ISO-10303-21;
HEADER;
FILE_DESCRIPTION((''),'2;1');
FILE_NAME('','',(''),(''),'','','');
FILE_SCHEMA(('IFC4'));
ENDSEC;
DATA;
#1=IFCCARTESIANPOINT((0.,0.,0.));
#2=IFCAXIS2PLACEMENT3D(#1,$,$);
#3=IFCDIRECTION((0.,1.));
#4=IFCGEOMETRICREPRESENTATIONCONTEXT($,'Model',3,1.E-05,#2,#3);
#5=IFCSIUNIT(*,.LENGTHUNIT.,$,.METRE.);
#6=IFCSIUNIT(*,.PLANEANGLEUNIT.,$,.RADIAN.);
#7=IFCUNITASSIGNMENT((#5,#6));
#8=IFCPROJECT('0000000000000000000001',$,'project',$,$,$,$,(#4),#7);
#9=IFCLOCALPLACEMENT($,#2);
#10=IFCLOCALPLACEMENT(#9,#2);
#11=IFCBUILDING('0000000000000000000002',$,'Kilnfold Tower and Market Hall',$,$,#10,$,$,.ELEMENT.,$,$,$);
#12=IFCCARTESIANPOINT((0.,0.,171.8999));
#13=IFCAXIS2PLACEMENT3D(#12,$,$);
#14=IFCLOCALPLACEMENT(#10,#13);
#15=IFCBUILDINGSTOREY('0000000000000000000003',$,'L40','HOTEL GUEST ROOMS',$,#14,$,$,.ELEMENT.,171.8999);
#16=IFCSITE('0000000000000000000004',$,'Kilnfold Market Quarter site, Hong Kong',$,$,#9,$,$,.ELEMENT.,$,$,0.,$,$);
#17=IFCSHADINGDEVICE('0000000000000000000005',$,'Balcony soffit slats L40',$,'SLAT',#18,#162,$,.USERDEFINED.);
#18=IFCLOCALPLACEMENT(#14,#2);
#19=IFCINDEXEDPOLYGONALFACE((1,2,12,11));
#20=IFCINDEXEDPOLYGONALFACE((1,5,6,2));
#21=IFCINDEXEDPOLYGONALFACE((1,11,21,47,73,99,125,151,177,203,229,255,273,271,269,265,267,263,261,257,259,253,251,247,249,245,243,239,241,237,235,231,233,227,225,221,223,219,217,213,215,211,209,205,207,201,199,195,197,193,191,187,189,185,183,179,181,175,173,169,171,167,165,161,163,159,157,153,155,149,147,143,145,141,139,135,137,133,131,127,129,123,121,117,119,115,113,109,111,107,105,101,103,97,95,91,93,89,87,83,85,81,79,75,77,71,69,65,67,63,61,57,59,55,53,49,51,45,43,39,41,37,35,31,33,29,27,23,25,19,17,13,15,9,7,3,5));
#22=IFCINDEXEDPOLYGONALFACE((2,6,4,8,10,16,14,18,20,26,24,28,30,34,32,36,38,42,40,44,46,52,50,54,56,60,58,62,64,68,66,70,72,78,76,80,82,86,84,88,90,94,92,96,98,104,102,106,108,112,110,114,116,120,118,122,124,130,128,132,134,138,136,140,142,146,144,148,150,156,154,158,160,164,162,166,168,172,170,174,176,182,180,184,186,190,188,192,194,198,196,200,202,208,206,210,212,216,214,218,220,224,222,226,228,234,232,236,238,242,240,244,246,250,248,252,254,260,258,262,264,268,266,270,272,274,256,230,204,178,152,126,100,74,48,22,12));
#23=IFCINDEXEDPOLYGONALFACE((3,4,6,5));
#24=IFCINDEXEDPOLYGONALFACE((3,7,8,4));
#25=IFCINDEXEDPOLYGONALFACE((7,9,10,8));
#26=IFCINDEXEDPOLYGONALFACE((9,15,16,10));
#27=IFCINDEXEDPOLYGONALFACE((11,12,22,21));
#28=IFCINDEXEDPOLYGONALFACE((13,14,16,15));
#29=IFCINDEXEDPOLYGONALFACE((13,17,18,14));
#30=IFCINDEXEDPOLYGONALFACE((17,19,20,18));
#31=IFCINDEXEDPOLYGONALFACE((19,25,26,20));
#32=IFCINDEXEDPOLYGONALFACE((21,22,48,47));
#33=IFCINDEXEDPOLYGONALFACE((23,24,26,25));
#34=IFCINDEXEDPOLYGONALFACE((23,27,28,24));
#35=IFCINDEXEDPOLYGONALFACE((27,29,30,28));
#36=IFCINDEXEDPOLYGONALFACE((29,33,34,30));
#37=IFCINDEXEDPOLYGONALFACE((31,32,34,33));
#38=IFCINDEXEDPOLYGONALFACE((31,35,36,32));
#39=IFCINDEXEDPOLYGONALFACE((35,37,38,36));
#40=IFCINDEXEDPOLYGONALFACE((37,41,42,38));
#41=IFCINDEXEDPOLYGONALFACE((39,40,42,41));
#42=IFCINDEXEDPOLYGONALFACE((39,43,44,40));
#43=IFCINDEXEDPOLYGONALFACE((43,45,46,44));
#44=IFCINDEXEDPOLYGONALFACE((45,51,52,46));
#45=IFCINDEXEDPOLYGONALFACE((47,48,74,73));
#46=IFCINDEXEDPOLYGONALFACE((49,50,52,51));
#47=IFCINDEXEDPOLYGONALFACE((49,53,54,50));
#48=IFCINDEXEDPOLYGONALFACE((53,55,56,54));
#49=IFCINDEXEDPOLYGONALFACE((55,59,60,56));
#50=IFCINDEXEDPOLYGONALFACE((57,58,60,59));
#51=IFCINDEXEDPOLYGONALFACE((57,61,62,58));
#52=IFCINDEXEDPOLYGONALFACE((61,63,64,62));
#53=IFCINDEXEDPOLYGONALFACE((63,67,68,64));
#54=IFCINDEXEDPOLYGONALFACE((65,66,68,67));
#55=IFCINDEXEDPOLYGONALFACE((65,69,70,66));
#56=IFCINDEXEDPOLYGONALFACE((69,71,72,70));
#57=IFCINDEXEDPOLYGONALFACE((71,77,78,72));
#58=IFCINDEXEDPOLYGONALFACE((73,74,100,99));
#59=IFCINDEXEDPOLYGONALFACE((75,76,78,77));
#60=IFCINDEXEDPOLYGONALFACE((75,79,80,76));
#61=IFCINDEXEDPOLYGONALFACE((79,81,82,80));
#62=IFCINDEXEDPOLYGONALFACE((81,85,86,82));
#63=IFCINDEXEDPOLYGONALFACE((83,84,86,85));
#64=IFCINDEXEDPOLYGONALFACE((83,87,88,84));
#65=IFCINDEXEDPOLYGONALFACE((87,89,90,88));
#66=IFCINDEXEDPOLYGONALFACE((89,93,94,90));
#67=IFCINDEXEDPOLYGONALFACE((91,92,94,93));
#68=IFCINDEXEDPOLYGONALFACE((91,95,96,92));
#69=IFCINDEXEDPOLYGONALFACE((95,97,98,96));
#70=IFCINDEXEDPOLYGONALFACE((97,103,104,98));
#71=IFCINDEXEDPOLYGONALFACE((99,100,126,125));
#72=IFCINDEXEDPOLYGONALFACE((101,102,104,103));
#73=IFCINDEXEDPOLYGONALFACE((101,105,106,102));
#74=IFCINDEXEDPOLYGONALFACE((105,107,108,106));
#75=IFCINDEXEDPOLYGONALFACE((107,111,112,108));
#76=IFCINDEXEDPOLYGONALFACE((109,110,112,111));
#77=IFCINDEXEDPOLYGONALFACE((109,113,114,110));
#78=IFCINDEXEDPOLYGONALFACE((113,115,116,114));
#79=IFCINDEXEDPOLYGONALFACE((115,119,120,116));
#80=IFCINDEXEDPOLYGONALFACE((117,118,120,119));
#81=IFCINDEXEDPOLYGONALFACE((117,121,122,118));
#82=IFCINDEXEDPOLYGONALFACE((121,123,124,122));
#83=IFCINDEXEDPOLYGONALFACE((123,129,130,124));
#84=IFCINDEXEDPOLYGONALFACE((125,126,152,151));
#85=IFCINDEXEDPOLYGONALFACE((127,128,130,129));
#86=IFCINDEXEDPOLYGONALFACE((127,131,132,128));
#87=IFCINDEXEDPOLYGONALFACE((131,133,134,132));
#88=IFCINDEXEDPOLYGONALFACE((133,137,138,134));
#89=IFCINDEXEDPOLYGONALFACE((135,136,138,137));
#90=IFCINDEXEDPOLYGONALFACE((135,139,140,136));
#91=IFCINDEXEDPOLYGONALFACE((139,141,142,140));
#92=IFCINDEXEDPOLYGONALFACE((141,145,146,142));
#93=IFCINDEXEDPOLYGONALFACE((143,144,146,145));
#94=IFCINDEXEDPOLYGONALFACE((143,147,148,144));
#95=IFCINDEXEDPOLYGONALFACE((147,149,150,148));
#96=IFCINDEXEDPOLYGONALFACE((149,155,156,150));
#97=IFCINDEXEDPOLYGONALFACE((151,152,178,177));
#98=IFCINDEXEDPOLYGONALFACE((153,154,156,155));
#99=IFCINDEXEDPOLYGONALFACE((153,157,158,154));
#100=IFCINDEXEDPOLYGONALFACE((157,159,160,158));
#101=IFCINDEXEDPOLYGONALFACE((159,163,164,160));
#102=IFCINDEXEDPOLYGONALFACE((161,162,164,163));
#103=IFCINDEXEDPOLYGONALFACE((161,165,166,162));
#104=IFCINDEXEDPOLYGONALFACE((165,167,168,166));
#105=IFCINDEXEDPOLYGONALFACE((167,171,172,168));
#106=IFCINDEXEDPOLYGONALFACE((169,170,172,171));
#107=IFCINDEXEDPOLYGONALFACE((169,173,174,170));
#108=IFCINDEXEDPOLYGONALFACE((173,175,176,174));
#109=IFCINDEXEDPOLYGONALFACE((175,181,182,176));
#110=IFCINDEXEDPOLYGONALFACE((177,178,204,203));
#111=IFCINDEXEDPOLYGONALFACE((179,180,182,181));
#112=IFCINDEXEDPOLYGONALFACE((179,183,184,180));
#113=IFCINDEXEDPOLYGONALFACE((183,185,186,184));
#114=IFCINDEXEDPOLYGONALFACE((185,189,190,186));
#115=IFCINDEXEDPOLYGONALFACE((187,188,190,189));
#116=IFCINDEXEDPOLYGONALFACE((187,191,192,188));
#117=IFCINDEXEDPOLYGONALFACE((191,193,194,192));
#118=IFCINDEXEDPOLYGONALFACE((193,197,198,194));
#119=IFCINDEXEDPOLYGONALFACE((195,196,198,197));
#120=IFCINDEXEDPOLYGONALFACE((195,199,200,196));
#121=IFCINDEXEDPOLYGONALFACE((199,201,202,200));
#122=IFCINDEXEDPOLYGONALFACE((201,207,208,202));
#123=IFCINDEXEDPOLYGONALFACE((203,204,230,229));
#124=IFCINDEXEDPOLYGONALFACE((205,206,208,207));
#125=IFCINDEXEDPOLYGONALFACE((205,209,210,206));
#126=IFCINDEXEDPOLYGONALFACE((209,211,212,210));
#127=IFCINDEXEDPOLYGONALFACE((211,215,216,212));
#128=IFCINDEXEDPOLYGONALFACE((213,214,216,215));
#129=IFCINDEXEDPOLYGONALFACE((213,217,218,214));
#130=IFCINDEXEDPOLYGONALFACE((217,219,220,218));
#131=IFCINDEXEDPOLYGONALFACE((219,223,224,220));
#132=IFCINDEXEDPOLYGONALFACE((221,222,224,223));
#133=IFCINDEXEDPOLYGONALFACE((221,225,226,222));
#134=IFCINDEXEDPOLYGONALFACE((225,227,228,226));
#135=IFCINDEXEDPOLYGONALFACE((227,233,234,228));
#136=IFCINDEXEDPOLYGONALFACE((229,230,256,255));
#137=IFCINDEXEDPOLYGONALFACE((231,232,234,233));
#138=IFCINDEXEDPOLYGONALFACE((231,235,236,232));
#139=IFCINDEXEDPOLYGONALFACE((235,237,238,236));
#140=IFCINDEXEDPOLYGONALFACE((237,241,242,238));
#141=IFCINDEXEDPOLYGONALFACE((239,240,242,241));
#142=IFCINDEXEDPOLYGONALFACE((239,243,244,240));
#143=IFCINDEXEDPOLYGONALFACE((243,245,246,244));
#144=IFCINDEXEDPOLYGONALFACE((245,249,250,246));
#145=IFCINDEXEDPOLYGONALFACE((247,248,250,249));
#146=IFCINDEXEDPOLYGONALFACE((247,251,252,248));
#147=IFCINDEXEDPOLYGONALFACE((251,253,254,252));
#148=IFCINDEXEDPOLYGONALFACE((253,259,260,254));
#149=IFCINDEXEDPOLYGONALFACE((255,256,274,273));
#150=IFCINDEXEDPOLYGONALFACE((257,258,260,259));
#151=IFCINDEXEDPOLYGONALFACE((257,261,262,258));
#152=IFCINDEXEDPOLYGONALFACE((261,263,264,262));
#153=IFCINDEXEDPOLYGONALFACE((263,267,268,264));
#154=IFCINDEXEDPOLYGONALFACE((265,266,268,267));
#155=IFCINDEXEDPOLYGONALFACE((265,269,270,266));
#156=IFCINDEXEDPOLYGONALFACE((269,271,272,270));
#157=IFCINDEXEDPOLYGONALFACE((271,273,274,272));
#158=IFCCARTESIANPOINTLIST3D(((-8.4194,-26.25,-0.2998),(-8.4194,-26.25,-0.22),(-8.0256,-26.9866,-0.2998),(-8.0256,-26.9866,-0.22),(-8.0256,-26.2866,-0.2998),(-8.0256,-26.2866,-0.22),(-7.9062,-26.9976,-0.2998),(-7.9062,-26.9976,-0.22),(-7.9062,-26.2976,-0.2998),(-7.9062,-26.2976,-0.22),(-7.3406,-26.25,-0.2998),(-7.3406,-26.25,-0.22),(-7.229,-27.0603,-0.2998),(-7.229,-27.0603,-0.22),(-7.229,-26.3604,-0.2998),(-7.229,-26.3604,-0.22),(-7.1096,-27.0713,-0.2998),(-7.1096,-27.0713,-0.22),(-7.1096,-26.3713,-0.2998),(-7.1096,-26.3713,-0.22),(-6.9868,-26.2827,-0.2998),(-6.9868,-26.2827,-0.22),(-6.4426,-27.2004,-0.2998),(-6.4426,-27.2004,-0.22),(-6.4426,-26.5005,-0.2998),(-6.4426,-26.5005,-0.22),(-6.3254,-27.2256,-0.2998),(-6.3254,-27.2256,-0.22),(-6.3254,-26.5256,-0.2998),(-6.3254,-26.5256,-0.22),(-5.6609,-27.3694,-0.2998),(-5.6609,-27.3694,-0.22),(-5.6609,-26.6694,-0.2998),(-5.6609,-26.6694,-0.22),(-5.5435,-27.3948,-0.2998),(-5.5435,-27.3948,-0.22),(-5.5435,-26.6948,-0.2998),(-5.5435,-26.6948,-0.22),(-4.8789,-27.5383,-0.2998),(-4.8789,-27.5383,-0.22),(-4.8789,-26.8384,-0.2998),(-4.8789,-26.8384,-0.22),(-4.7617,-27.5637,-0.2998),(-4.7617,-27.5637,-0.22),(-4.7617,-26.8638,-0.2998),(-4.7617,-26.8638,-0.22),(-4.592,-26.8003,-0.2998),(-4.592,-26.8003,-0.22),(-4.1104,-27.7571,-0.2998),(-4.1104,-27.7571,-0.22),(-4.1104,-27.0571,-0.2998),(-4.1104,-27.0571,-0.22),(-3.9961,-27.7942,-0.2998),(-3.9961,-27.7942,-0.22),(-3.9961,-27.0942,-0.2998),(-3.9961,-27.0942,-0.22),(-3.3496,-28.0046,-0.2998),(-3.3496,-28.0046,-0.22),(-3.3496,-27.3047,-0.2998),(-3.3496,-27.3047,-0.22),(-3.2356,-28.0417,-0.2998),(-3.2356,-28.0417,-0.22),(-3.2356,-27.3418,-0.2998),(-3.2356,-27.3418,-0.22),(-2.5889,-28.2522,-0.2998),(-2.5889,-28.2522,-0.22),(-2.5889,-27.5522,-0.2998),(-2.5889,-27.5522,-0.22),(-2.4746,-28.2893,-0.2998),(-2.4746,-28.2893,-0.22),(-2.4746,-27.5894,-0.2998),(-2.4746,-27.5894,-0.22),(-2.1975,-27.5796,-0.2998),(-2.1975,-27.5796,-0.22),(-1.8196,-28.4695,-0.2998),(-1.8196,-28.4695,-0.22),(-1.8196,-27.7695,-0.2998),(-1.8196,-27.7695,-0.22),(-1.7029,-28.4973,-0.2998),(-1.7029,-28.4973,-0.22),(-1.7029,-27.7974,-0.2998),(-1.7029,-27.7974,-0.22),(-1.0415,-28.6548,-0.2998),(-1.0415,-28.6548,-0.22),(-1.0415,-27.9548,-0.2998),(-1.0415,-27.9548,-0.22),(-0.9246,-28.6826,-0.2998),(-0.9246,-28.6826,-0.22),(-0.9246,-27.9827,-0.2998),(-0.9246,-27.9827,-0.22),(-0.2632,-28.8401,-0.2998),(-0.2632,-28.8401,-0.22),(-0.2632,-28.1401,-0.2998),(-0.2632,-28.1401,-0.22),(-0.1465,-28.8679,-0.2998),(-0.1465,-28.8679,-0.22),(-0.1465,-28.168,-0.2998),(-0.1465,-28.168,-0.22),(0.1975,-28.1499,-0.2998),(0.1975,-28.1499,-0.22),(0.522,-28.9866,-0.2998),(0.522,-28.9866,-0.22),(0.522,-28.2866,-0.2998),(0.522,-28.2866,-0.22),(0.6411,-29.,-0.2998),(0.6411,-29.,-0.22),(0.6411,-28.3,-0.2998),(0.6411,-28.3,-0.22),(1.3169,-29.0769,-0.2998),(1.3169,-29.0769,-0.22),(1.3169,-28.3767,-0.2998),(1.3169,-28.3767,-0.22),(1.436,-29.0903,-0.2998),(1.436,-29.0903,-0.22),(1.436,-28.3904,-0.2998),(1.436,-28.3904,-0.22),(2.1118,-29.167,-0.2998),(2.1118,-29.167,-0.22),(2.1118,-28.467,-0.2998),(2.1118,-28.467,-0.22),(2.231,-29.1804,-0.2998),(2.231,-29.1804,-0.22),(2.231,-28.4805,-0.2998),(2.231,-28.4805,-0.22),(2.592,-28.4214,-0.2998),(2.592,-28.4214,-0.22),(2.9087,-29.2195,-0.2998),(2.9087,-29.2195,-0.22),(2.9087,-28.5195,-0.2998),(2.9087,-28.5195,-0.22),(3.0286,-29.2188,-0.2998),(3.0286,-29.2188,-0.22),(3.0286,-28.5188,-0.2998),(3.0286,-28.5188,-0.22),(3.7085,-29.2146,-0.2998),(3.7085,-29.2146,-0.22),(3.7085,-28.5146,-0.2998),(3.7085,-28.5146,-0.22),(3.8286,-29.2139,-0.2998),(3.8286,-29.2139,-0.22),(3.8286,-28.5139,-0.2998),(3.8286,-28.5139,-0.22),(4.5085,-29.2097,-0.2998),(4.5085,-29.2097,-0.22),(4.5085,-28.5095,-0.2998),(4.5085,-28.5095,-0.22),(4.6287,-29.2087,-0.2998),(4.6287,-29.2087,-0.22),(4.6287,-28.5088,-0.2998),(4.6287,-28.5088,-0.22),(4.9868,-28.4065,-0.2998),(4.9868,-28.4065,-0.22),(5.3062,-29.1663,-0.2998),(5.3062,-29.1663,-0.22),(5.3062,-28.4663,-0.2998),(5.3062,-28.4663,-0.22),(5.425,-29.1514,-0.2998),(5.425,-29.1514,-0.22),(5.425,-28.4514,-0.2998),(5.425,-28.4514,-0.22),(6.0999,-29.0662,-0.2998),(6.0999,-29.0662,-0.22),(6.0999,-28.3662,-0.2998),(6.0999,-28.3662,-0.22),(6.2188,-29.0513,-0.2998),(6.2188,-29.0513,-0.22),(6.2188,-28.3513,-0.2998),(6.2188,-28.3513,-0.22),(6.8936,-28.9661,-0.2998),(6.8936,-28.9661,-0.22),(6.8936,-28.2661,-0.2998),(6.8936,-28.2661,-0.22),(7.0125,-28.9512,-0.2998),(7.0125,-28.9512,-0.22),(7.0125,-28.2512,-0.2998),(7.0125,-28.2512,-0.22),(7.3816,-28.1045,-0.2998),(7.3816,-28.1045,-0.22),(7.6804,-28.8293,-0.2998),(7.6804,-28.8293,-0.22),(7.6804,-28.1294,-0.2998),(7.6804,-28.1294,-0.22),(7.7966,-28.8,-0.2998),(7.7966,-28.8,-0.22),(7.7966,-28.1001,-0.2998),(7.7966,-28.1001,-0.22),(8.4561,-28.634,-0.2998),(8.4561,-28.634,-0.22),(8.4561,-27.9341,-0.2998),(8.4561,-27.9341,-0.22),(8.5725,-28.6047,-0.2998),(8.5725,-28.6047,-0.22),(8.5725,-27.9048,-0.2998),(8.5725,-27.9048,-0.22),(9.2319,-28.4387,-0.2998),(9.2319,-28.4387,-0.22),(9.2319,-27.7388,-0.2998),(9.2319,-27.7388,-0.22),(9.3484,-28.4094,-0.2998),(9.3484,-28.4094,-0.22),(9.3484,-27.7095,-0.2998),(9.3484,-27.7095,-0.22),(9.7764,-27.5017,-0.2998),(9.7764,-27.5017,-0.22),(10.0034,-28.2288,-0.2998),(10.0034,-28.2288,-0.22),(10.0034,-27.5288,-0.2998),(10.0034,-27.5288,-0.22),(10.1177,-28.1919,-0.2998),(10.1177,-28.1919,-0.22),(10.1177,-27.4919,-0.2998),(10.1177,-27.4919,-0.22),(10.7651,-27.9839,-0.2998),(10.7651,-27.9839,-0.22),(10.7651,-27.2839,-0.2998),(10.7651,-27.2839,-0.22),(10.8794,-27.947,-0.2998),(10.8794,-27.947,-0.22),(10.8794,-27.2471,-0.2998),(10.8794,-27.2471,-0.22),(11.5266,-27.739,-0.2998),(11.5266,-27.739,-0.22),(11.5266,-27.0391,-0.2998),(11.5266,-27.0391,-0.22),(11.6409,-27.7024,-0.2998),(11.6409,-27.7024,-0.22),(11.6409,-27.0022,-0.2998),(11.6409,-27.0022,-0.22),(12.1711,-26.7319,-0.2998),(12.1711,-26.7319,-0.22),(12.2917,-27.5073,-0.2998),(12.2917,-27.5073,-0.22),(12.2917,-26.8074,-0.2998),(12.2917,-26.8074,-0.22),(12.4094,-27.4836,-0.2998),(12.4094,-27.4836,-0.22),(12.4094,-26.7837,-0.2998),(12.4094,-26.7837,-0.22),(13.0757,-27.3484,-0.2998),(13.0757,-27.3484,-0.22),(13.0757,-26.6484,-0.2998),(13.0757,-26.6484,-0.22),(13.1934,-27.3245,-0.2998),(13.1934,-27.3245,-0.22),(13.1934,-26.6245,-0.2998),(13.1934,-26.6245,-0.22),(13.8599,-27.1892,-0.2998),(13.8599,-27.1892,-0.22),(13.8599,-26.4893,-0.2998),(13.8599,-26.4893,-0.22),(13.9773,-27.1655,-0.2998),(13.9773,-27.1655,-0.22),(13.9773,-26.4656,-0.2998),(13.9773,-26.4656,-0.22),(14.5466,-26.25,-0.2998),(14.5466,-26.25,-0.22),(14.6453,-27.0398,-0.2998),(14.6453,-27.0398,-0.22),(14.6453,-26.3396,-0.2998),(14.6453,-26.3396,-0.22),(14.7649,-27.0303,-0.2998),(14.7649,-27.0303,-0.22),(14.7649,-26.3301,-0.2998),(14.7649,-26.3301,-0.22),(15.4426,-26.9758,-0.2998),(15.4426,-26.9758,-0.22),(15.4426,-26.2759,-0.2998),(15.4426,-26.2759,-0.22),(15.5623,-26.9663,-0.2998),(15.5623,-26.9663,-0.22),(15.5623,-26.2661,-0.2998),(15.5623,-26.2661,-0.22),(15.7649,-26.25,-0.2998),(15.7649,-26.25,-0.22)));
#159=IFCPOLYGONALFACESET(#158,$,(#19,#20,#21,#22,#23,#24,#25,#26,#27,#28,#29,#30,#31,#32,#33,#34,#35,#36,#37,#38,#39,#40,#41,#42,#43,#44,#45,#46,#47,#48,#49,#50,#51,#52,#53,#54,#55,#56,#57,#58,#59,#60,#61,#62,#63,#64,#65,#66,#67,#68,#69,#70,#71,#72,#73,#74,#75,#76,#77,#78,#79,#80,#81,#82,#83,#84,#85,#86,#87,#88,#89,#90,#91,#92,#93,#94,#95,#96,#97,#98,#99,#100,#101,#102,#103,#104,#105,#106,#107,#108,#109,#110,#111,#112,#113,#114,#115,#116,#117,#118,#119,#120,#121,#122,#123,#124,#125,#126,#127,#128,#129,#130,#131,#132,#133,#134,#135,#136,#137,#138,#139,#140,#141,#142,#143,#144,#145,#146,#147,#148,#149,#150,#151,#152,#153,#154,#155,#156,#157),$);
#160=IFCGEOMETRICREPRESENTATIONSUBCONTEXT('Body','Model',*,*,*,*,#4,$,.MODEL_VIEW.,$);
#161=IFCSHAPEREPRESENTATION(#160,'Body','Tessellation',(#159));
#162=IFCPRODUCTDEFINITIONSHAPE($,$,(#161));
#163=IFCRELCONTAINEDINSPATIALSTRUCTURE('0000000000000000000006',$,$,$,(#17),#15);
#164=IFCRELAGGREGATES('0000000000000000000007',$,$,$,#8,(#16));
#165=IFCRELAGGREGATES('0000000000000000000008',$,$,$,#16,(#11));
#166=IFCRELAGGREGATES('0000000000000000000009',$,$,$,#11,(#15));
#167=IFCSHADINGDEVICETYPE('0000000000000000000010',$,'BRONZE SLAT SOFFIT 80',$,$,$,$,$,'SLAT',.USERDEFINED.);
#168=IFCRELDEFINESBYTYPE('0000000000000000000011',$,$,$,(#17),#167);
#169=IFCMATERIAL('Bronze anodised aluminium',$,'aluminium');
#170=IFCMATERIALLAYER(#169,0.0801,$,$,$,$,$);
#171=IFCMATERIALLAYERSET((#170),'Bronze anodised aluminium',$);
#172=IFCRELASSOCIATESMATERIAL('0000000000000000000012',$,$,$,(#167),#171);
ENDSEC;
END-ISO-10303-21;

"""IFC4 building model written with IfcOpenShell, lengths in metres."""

from ifc_helpers import new_model, si_unit, direction, frame, origin, place, context, subcontext, project, spatial, polyline, outline, extrude, source, transform, mapped, material, layer, layer_set, type_object, element, save


model = new_model("IFC4")

# Units and contexts
model_context = context("Model", 3, precision=1e-05, world=origin(), true_north=direction((0.0, 1.0)))
body_context = subcontext(model_context, "Body", "Model", "MODEL_VIEW")
ifc_project = project(units=[si_unit("LENGTHUNIT", "METRE"), si_unit("PLANEANGLEUNIT", "RADIAN")], contexts=[model_context])

# Site, building, storey
site_placement = place(None, origin())
site = spatial("IfcSite", under=ifc_project, at=site_placement, Name="Kilnfold Market Quarter site, Hong Kong", CompositionType="ELEMENT", RefElevation=0.0)
building_placement = place(site_placement, origin())
building = spatial("IfcBuilding", under=site, at=building_placement, Name="Kilnfold Tower and Market Hall", CompositionType="ELEMENT")
storey_placement = place(building_placement, frame((0.0, 0.0, 171.8999)))
storey = spatial("IfcBuildingStorey", under=building, at=storey_placement, Name="L40", Description="HOTEL GUEST ROOMS", CompositionType="ELEMENT", Elevation=171.8999)

# Shading device
ifc_material_1 = material(Name="Bronze anodised aluminium", Category="aluminium")
ifc_layer_1 = layer(ifc_material_1, 0.0801)
ifc_layer_set_1 = layer_set([ifc_layer_1], Name="Bronze anodised aluminium")
shading_device_type_1 = type_object("IfcShadingDeviceType", Name="BRONZE SLAT SOFFIT 80", ElementType="SLAT", PredefinedType="USERDEFINED", material=ifc_layer_set_1)
shared_shape_1 = source(origin(), body_context, "Body", "SweptSolid", [
    extrude(outline(polyline([(-6.9868, -26.2827), (-4.592, -26.8003), (-2.1975, -27.5796), (0.1975, -28.1499), (2.592, -28.4214), (4.9868, -28.4065), (7.3816, -28.1045), (9.7764, -27.5017), (12.1711, -26.7319), (14.5466, -26.25), (15.7649, -26.25), (15.5623, -26.2661), (15.5623, -26.9663), (15.4426, -26.9758), (15.4426, -26.2759), (14.7649, -26.3301), (14.7649, -27.0303), (14.6453, -27.0398), (14.6453, -26.3396), (13.9773, -26.4656), (13.9773, -27.1655), (13.8599, -27.1892), (13.8599, -26.4893), (13.1934, -26.6245), (13.1934, -27.3245), (13.0757, -27.3484), (13.0757, -26.6484), (12.4094, -26.7837), (12.4094, -27.4836), (12.2917, -27.5073), (12.2917, -26.8074), (11.6409, -27.0022), (11.6409, -27.7024), (11.5266, -27.739), (11.5266, -27.0391), (10.8794, -27.2471), (10.8794, -27.947), (10.7651, -27.9839), (10.7651, -27.2839), (10.1177, -27.4919), (10.1177, -28.1919), (10.0034, -28.2288), (10.0034, -27.5288), (9.3484, -27.7095), (9.3484, -28.4094), (9.2319, -28.4387), (9.2319, -27.7388), (8.5725, -27.9048), (8.5725, -28.6047), (8.4561, -28.634), (8.4561, -27.9341), (7.7966, -28.1001), (7.7966, -28.8), (7.6804, -28.8293), (7.6804, -28.1294), (7.0125, -28.2512), (7.0125, -28.9512), (6.8936, -28.9661), (6.8936, -28.2661), (6.2188, -28.3513), (6.2188, -29.0513), (6.0999, -29.0662), (6.0999, -28.3662), (5.425, -28.4514), (5.425, -29.1514), (5.3062, -29.1663), (5.3062, -28.4663), (4.6287, -28.5088), (4.6287, -29.2087), (4.5085, -29.2097), (4.5085, -28.5095), (3.8286, -28.5139), (3.8286, -29.2139), (3.7085, -29.2146), (3.7085, -28.5146), (3.0286, -28.5188), (3.0286, -29.2188), (2.9087, -29.2195), (2.9087, -28.5195), (2.231, -28.4805), (2.231, -29.1804), (2.1118, -29.167), (2.1118, -28.467), (1.436, -28.3904), (1.436, -29.0903), (1.3169, -29.0769), (1.3169, -28.3767), (0.6411, -28.3), (0.6411, -29.0), (0.522, -28.9866), (0.522, -28.2866), (-0.1465, -28.168), (-0.1465, -28.8679), (-0.2632, -28.8401), (-0.2632, -28.1401), (-0.9246, -27.9827), (-0.9246, -28.6826), (-1.0415, -28.6548), (-1.0415, -27.9548), (-1.7029, -27.7974), (-1.7029, -28.4973), (-1.8196, -28.4695), (-1.8196, -27.7695), (-2.4746, -27.5894), (-2.4746, -28.2893), (-2.5889, -28.2522), (-2.5889, -27.5522), (-3.2356, -27.3418), (-3.2356, -28.0417), (-3.3496, -28.0046), (-3.3496, -27.3047), (-3.9961, -27.0942), (-3.9961, -27.7942), (-4.1104, -27.7571), (-4.1104, -27.0571), (-4.7617, -26.8638), (-4.7617, -27.5637), (-4.8789, -27.5383), (-4.8789, -26.8384), (-5.5435, -26.6948), (-5.5435, -27.3948), (-5.6609, -27.3694), (-5.6609, -26.6694), (-6.3254, -26.5256), (-6.3254, -27.2256), (-6.4426, -27.2004), (-6.4426, -26.5005), (-7.1096, -26.3713), (-7.1096, -27.0713), (-7.229, -27.0603), (-7.229, -26.3604), (-7.9062, -26.2976), (-7.9062, -26.9976), (-8.0256, -26.9866), (-8.0256, -26.2866), (-8.4194, -26.25), (-7.3406, -26.25), (-6.9868, -26.2827)])), origin(), (0.0, 0.0, 1.0), 0.0798),
])
shading_device_1_placement = place(storey_placement, frame((0.0, 0.0, -0.2998)))
element("IfcShadingDevice", 1, at=shading_device_1_placement, inside=storey, type_object=shading_device_type_1, Name="Balcony soffit slats L40", ObjectType="SLAT", PredefinedType="USERDEFINED", context=body_context, shape_type="MappedRepresentation", body=[
    mapped(shared_shape_1, transform((0.0, 0.0, 0.0))),
])

save(model, "model.ifc")
